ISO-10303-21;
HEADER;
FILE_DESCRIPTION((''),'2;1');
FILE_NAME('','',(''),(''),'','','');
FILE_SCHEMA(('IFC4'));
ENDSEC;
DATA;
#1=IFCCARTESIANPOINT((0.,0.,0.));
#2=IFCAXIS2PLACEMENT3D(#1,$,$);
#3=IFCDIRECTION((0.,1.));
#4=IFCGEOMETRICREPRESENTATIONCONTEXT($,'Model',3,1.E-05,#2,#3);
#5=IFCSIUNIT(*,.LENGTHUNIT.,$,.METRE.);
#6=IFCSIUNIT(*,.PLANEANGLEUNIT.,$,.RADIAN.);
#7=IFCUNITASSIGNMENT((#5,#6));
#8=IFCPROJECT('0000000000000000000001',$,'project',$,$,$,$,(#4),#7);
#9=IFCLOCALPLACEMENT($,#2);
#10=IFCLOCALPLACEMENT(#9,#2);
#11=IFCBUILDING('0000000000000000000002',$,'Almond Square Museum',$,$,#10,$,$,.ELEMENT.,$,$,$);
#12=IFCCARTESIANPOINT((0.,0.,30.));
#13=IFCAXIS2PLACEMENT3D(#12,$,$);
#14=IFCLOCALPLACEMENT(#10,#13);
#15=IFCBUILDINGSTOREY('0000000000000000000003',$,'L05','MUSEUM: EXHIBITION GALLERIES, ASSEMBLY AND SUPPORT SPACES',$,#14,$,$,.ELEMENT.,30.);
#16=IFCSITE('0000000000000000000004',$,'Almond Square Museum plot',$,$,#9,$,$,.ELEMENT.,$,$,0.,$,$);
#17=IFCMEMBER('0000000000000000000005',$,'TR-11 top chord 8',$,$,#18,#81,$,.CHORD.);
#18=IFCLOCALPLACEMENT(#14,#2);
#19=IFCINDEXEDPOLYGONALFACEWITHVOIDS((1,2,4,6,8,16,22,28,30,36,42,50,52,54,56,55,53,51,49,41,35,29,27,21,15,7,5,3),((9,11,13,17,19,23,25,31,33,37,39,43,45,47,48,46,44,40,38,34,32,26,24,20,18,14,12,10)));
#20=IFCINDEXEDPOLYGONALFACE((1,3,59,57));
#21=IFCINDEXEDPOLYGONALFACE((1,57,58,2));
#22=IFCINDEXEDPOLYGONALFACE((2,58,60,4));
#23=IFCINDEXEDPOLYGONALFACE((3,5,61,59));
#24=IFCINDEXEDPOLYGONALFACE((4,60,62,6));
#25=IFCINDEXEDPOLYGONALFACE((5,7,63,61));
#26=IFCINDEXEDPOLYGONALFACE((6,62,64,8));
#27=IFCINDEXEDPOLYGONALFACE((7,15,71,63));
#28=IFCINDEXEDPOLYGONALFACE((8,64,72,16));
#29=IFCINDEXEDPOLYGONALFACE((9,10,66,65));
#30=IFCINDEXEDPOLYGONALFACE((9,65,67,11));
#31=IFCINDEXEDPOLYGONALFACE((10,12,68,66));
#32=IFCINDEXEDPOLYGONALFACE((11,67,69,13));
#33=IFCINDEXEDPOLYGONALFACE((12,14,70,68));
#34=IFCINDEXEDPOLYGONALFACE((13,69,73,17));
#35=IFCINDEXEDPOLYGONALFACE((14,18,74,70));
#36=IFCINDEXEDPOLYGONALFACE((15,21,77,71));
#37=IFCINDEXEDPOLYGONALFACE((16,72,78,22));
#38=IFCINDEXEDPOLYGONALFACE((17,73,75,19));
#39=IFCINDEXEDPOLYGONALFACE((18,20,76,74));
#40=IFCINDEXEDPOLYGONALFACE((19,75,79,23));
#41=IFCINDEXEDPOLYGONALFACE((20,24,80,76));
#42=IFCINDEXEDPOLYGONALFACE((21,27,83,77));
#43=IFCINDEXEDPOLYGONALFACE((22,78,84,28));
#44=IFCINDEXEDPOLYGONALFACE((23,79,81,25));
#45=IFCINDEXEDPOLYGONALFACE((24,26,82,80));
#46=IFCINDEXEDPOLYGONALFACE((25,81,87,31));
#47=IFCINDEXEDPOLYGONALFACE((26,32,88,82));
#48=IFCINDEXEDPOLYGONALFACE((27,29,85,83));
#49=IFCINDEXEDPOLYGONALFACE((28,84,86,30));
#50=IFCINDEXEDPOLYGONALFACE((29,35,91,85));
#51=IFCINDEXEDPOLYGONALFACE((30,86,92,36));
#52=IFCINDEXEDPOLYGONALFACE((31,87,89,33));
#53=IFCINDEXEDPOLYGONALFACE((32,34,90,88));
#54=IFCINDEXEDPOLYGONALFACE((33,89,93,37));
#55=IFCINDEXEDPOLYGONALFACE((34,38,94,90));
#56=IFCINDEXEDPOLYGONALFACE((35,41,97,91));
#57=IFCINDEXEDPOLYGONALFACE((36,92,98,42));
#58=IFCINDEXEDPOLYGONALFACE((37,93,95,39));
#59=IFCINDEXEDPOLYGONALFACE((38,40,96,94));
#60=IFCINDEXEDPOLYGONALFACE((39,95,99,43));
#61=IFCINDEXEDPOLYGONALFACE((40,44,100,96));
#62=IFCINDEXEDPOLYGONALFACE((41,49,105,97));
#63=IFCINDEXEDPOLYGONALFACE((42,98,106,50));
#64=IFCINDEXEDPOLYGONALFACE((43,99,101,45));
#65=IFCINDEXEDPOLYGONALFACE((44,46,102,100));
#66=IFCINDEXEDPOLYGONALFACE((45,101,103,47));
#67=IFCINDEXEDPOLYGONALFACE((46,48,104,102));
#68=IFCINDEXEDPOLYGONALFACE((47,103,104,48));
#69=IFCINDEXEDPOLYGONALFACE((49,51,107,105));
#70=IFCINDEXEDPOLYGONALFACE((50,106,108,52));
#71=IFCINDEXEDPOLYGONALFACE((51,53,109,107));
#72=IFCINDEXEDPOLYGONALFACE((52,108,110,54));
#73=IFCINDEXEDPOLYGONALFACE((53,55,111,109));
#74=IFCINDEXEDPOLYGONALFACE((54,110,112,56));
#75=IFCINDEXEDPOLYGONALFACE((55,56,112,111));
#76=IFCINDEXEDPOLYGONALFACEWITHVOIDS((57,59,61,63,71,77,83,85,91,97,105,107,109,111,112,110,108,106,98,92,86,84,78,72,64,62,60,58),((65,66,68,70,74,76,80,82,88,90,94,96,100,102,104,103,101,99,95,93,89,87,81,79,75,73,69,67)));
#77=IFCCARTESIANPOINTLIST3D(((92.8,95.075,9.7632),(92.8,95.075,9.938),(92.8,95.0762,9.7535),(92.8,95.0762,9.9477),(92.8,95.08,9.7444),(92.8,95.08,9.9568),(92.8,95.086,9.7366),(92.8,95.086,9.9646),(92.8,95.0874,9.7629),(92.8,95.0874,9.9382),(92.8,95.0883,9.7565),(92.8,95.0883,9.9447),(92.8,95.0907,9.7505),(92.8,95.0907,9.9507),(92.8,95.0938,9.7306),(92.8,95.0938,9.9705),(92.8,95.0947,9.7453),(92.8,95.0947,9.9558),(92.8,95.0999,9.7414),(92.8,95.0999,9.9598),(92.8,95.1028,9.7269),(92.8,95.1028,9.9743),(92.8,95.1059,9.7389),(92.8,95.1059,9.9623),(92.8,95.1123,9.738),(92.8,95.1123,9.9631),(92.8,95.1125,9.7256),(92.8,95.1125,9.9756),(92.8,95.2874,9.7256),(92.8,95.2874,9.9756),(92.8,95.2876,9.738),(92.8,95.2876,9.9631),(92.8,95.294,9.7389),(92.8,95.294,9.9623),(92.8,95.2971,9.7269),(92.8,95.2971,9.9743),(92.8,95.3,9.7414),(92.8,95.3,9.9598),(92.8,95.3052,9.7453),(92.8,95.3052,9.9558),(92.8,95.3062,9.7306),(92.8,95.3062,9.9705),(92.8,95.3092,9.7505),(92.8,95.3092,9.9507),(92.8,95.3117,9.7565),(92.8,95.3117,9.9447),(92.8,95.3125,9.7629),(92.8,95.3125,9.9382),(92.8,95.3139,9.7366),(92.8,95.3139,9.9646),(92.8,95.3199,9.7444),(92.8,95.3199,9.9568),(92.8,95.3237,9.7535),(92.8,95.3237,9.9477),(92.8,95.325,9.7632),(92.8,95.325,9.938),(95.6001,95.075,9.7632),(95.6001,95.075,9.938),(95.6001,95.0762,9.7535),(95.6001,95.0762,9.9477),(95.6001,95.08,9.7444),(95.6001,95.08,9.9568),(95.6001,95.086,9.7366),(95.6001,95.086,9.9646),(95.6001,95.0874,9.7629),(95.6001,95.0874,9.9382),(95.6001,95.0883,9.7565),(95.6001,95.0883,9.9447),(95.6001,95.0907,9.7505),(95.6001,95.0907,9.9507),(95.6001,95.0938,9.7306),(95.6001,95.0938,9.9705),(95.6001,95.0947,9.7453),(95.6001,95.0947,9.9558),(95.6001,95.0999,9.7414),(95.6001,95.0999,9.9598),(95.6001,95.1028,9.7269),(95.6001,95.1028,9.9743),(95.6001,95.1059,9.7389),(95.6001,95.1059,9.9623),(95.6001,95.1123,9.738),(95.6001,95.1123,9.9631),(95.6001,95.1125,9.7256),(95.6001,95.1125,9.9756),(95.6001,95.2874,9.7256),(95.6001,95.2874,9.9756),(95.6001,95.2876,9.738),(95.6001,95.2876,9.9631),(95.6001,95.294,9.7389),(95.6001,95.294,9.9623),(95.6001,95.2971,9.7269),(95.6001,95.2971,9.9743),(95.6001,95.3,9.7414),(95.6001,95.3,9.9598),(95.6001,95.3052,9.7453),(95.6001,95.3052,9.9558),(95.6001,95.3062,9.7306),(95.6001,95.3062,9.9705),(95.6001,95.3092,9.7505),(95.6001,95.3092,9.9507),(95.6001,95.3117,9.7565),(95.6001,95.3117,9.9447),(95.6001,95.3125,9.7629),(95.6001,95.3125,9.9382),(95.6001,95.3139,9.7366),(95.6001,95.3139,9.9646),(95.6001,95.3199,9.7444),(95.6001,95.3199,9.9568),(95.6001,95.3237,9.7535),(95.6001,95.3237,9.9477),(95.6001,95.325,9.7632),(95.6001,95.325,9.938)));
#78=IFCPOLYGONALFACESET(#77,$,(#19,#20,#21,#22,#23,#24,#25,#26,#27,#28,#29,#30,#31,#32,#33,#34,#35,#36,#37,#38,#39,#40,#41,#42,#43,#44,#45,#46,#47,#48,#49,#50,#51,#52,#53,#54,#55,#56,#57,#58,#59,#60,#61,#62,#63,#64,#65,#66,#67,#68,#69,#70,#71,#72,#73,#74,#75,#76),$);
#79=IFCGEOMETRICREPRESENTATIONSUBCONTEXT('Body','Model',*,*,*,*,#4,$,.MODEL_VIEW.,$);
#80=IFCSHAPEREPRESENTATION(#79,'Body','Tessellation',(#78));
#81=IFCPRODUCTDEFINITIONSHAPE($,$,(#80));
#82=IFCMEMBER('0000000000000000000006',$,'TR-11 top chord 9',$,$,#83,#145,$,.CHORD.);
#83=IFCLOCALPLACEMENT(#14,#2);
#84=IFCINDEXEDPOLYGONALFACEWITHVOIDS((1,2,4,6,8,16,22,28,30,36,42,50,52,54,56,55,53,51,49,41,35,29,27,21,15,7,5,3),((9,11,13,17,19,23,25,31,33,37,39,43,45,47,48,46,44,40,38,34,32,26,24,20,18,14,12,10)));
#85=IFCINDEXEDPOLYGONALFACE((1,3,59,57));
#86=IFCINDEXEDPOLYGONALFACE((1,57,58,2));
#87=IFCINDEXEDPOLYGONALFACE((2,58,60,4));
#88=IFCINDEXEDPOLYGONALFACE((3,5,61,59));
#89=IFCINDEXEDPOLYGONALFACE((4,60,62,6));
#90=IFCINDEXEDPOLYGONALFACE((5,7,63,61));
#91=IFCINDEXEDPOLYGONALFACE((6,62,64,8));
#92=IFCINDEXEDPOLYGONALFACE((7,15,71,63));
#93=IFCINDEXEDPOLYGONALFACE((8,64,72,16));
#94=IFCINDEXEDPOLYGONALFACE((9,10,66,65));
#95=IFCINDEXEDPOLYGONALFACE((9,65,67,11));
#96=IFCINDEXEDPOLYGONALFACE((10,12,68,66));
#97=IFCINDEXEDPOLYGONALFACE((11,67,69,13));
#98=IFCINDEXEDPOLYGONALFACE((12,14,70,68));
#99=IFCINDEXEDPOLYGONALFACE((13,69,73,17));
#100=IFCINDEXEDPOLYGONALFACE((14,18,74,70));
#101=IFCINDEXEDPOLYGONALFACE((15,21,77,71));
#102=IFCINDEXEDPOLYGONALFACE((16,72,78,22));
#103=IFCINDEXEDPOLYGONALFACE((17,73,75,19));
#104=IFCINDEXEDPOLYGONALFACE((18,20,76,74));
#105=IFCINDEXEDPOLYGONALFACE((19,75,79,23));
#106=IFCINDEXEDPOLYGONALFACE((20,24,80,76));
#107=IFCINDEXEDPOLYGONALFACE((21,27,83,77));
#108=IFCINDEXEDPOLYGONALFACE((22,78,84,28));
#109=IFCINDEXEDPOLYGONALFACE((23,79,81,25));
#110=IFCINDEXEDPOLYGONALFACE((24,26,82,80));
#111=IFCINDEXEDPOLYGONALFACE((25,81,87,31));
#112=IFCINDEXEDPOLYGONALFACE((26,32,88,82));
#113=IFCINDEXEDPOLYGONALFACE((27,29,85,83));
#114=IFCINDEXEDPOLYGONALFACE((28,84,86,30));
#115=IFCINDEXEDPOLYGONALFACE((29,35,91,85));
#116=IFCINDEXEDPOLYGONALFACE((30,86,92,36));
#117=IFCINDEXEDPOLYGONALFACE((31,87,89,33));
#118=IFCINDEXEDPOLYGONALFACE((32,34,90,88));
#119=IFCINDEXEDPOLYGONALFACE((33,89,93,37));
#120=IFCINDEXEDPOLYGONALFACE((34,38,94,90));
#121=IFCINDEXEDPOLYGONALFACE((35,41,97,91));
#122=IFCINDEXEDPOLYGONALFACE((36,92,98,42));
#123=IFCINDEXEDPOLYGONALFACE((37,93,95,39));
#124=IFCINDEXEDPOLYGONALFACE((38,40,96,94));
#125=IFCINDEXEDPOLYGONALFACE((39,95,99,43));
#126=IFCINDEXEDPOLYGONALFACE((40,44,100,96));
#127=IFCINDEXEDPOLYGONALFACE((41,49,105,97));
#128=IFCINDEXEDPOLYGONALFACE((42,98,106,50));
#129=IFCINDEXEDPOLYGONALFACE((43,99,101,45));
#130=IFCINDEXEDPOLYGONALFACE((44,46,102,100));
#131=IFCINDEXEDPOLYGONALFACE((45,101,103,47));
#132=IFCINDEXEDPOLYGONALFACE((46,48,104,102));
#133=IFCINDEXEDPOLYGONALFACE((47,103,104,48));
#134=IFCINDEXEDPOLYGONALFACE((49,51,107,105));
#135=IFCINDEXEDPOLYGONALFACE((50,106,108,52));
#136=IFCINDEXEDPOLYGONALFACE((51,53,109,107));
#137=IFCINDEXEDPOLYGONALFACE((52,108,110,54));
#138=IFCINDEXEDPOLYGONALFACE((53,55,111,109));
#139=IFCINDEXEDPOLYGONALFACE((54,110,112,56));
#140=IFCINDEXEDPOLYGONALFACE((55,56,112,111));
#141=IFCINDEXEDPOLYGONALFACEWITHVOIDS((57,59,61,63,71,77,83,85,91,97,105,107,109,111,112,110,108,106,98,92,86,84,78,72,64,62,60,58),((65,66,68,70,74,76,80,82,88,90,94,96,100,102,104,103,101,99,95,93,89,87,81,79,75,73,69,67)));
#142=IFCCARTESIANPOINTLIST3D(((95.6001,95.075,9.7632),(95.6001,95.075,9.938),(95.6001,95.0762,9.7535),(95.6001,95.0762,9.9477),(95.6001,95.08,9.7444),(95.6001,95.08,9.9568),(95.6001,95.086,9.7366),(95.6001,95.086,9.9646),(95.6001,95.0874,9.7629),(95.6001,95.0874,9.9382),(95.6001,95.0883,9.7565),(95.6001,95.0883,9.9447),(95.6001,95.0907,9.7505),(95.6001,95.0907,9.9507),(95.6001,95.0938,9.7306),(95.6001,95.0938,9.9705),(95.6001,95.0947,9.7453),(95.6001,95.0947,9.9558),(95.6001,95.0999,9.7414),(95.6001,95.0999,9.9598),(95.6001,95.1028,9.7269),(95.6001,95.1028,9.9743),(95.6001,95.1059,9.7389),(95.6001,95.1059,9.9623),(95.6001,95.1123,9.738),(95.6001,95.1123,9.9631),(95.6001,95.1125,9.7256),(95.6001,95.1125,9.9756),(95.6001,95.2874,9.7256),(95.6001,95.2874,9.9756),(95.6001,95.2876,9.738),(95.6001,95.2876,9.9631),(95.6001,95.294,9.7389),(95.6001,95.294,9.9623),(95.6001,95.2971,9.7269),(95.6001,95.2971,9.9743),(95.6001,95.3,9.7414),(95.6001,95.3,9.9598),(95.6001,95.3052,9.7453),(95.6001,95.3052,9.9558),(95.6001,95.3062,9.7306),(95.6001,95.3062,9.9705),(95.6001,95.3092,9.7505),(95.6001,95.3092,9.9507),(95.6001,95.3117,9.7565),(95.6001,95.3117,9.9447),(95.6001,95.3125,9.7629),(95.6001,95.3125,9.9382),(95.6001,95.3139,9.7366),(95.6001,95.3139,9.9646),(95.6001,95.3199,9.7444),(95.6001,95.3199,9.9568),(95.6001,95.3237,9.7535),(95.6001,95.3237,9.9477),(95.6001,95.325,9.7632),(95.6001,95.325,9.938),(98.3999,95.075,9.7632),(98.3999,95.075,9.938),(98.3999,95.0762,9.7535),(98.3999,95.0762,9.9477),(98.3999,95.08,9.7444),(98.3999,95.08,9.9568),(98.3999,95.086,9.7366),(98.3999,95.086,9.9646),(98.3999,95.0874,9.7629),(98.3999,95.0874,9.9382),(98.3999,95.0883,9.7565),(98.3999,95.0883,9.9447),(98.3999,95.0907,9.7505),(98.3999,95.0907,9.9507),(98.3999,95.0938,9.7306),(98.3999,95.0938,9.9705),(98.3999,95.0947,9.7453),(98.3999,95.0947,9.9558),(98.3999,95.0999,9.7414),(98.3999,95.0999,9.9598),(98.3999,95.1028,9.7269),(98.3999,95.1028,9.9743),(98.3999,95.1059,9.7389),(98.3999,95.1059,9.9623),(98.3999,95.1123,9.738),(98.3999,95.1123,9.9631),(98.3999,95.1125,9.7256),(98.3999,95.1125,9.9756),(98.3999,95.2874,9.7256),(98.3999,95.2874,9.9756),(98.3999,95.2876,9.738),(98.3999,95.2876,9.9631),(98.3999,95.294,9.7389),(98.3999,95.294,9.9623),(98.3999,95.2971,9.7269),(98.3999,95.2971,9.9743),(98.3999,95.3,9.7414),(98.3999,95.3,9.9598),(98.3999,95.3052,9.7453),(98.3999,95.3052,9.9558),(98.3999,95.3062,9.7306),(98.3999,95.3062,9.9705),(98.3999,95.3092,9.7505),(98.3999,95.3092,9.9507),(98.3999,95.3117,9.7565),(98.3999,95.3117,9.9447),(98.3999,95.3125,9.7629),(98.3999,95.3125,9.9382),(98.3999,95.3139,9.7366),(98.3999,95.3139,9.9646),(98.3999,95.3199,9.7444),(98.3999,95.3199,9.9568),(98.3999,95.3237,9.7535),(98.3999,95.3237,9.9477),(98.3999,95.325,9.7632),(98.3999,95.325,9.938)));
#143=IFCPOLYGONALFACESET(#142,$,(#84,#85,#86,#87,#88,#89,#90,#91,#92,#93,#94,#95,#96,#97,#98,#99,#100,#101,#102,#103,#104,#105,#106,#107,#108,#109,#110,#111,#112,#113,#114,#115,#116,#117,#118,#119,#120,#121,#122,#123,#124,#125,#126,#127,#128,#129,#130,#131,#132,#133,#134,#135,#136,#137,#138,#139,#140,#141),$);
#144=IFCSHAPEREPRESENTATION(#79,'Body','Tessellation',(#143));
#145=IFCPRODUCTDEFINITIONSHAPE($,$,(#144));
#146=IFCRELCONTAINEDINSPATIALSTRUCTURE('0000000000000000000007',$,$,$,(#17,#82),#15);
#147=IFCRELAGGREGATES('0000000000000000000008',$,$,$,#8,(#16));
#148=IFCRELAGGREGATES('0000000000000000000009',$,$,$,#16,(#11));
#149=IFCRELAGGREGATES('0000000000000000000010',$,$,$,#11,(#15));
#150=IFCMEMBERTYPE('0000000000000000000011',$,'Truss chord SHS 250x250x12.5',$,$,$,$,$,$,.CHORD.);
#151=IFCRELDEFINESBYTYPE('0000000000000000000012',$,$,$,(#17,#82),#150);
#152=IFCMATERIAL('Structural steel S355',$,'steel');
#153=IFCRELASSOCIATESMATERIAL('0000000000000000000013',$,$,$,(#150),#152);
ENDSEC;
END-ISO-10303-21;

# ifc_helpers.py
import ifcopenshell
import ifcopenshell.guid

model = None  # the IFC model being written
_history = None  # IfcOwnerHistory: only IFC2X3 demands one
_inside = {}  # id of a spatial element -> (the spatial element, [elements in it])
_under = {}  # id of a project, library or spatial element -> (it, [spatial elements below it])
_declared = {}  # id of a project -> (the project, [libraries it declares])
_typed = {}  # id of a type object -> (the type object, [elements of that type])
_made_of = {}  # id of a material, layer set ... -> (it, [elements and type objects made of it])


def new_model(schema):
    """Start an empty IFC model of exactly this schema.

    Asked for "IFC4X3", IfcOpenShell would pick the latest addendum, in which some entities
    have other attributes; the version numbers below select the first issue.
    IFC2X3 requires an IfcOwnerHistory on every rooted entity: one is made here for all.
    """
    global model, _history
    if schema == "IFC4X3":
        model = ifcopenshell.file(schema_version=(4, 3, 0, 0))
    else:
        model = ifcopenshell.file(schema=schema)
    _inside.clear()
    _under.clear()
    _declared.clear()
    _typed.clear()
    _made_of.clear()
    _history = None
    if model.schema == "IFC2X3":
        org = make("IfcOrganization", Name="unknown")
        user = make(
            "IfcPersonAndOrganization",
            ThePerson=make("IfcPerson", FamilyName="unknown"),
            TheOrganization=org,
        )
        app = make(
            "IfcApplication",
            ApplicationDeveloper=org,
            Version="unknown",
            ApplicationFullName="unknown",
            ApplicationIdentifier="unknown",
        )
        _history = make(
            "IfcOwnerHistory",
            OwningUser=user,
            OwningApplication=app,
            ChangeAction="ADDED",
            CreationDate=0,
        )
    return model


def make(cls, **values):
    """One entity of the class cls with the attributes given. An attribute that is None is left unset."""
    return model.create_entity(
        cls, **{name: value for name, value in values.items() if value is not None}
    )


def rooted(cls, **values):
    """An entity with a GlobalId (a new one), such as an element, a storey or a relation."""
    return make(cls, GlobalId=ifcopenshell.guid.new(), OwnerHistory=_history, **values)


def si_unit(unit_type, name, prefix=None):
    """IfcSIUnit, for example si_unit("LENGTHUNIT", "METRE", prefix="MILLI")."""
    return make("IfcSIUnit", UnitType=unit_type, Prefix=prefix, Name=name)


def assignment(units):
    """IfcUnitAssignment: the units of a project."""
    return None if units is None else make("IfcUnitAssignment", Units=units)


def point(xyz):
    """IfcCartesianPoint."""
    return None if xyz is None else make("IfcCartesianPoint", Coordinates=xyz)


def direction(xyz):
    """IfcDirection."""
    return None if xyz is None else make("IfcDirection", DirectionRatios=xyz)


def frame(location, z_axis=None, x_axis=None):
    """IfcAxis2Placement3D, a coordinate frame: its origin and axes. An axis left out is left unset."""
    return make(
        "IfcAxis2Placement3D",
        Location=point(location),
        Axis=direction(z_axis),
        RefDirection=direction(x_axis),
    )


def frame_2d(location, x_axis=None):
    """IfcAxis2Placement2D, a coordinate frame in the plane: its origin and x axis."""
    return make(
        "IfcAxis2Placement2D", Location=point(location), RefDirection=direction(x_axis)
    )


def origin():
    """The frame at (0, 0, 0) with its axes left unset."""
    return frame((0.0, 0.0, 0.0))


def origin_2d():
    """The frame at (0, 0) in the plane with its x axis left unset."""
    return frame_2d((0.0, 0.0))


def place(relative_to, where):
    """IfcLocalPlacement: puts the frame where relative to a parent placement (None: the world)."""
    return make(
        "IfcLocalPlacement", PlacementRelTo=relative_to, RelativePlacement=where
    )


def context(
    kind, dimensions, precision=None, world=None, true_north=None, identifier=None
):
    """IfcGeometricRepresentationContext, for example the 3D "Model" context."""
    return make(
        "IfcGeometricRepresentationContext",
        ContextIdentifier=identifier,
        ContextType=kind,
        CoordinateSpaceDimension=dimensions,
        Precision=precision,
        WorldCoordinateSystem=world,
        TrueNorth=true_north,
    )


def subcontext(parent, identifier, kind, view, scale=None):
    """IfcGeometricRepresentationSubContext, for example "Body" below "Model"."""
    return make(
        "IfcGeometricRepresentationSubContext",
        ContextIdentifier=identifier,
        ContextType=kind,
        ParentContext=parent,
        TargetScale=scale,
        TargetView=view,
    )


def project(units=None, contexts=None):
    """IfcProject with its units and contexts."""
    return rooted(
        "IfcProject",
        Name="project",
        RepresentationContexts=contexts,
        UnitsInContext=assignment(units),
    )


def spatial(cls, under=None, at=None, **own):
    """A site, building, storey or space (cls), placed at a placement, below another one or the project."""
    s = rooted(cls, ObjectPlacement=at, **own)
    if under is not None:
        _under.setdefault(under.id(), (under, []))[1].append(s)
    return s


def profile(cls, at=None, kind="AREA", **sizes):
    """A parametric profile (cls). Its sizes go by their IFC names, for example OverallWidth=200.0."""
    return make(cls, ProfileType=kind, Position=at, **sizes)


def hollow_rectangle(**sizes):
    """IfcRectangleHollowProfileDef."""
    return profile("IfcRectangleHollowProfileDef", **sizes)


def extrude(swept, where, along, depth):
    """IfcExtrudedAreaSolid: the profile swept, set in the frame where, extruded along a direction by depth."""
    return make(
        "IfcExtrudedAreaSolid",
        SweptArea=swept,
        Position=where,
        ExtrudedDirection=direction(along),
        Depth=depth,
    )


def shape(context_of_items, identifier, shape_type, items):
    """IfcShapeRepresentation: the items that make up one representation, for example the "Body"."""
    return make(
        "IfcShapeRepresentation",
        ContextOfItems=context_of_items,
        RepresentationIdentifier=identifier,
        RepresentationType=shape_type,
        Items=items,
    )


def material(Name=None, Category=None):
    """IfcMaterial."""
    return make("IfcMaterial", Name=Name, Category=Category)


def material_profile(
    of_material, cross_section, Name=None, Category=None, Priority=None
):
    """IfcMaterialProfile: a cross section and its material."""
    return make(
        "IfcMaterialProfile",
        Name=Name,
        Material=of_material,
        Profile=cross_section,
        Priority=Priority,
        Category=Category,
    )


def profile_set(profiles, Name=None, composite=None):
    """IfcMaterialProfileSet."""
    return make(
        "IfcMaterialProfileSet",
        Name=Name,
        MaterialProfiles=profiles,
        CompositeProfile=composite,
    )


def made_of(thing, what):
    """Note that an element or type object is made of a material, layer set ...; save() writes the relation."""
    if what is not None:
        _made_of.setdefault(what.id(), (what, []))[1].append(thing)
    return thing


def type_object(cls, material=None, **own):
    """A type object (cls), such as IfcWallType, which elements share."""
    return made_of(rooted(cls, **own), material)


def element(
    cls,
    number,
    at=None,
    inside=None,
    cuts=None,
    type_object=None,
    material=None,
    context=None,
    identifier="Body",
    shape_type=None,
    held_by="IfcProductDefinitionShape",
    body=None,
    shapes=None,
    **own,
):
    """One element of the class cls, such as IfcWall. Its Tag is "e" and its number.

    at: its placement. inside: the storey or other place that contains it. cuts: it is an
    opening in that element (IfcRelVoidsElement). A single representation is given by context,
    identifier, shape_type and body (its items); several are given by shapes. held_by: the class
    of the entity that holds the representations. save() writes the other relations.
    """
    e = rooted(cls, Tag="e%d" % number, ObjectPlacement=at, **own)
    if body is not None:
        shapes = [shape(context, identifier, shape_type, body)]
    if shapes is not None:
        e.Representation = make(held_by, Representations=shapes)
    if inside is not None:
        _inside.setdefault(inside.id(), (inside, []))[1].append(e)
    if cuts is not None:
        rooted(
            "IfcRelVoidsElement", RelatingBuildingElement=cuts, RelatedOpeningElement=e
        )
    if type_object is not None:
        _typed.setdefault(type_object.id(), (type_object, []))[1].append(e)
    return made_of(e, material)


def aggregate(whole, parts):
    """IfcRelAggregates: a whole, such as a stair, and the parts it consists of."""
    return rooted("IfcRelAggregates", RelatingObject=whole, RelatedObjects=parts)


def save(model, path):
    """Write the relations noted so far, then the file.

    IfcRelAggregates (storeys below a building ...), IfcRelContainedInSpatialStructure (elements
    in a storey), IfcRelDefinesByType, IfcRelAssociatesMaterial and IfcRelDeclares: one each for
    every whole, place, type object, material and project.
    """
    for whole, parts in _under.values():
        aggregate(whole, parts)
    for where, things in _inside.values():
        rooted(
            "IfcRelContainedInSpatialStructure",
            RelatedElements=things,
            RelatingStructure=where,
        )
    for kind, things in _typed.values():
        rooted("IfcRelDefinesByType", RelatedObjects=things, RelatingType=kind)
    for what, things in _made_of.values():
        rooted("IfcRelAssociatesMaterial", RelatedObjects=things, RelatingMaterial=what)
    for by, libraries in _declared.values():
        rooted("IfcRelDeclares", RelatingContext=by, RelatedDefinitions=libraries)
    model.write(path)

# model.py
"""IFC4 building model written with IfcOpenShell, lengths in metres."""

from ifc_helpers import new_model, si_unit, direction, frame, origin, origin_2d, place, context, subcontext, project, spatial, hollow_rectangle, extrude, material, material_profile, profile_set, type_object, element, save


model = new_model("IFC4")

# Units and contexts
model_context = context("Model", 3, precision=1e-05, world=origin(), true_north=direction((0.0, 1.0)))
body_context = subcontext(model_context, "Body", "Model", "MODEL_VIEW")
ifc_project = project(units=[si_unit("LENGTHUNIT", "METRE"), si_unit("PLANEANGLEUNIT", "RADIAN")], contexts=[model_context])

# Site, building, storey
site_placement = place(None, origin())
site = spatial("IfcSite", under=ifc_project, at=site_placement, Name="Almond Square Museum plot", CompositionType="ELEMENT", RefElevation=0.0)
building_placement = place(site_placement, origin())
building = spatial("IfcBuilding", under=site, at=building_placement, Name="Almond Square Museum", CompositionType="ELEMENT")
storey_placement = place(building_placement, frame((0.0, 0.0, 30.0)))
storey = spatial("IfcBuildingStorey", under=building, at=storey_placement, Name="L05", Description="MUSEUM: EXHIBITION GALLERIES, ASSEMBLY AND SUPPORT SPACES", CompositionType="ELEMENT", Elevation=30.0)

# Members
ifc_material_1 = material(Name="Structural steel S355", Category="steel")
ifc_material_profile_1 = material_profile(ifc_material_1, hollow_rectangle(XDim=0.25, YDim=0.25, WallThickness=0.0125, InnerFilletRadius=0.0249, OuterFilletRadius=0.0376, at=origin_2d()))
ifc_profile_set_1 = profile_set([ifc_material_profile_1], Name="Structural steel S355")
member_type_1 = type_object("IfcMemberType", Name="Truss chord SHS 250x250x12.5", PredefinedType="CHORD", material=ifc_profile_set_1)
member_1_placement = place(storey_placement, frame((92.8, 95.2, 9.8506), z_axis=(1.0, 0.0, 0.0), x_axis=(0.0, 1.0, 0.0)))
element("IfcMember", 1, at=member_1_placement, inside=storey, type_object=member_type_1, Name="TR-11 top chord 8", PredefinedType="CHORD", context=body_context, shape_type="SweptSolid", body=[
    extrude(hollow_rectangle(XDim=0.25, YDim=0.25, WallThickness=0.0125, InnerFilletRadius=0.0249, OuterFilletRadius=0.0376, at=origin_2d()), origin(), (0.0, 0.0, 1.0), 2.8),
])
member_2_placement = place(storey_placement, frame((95.6001, 95.2, 9.8506), z_axis=(1.0, 0.0, 0.0), x_axis=(0.0, 1.0, 0.0)))
element("IfcMember", 2, at=member_2_placement, inside=storey, type_object=member_type_1, Name="TR-11 top chord 9", PredefinedType="CHORD", context=body_context, shape_type="SweptSolid", body=[
    extrude(hollow_rectangle(XDim=0.25, YDim=0.25, WallThickness=0.0125, InnerFilletRadius=0.0249, OuterFilletRadius=0.0376, at=origin_2d()), origin(), (0.0, 0.0, 1.0), 2.7998),
])

save(model, "model.ifc")
